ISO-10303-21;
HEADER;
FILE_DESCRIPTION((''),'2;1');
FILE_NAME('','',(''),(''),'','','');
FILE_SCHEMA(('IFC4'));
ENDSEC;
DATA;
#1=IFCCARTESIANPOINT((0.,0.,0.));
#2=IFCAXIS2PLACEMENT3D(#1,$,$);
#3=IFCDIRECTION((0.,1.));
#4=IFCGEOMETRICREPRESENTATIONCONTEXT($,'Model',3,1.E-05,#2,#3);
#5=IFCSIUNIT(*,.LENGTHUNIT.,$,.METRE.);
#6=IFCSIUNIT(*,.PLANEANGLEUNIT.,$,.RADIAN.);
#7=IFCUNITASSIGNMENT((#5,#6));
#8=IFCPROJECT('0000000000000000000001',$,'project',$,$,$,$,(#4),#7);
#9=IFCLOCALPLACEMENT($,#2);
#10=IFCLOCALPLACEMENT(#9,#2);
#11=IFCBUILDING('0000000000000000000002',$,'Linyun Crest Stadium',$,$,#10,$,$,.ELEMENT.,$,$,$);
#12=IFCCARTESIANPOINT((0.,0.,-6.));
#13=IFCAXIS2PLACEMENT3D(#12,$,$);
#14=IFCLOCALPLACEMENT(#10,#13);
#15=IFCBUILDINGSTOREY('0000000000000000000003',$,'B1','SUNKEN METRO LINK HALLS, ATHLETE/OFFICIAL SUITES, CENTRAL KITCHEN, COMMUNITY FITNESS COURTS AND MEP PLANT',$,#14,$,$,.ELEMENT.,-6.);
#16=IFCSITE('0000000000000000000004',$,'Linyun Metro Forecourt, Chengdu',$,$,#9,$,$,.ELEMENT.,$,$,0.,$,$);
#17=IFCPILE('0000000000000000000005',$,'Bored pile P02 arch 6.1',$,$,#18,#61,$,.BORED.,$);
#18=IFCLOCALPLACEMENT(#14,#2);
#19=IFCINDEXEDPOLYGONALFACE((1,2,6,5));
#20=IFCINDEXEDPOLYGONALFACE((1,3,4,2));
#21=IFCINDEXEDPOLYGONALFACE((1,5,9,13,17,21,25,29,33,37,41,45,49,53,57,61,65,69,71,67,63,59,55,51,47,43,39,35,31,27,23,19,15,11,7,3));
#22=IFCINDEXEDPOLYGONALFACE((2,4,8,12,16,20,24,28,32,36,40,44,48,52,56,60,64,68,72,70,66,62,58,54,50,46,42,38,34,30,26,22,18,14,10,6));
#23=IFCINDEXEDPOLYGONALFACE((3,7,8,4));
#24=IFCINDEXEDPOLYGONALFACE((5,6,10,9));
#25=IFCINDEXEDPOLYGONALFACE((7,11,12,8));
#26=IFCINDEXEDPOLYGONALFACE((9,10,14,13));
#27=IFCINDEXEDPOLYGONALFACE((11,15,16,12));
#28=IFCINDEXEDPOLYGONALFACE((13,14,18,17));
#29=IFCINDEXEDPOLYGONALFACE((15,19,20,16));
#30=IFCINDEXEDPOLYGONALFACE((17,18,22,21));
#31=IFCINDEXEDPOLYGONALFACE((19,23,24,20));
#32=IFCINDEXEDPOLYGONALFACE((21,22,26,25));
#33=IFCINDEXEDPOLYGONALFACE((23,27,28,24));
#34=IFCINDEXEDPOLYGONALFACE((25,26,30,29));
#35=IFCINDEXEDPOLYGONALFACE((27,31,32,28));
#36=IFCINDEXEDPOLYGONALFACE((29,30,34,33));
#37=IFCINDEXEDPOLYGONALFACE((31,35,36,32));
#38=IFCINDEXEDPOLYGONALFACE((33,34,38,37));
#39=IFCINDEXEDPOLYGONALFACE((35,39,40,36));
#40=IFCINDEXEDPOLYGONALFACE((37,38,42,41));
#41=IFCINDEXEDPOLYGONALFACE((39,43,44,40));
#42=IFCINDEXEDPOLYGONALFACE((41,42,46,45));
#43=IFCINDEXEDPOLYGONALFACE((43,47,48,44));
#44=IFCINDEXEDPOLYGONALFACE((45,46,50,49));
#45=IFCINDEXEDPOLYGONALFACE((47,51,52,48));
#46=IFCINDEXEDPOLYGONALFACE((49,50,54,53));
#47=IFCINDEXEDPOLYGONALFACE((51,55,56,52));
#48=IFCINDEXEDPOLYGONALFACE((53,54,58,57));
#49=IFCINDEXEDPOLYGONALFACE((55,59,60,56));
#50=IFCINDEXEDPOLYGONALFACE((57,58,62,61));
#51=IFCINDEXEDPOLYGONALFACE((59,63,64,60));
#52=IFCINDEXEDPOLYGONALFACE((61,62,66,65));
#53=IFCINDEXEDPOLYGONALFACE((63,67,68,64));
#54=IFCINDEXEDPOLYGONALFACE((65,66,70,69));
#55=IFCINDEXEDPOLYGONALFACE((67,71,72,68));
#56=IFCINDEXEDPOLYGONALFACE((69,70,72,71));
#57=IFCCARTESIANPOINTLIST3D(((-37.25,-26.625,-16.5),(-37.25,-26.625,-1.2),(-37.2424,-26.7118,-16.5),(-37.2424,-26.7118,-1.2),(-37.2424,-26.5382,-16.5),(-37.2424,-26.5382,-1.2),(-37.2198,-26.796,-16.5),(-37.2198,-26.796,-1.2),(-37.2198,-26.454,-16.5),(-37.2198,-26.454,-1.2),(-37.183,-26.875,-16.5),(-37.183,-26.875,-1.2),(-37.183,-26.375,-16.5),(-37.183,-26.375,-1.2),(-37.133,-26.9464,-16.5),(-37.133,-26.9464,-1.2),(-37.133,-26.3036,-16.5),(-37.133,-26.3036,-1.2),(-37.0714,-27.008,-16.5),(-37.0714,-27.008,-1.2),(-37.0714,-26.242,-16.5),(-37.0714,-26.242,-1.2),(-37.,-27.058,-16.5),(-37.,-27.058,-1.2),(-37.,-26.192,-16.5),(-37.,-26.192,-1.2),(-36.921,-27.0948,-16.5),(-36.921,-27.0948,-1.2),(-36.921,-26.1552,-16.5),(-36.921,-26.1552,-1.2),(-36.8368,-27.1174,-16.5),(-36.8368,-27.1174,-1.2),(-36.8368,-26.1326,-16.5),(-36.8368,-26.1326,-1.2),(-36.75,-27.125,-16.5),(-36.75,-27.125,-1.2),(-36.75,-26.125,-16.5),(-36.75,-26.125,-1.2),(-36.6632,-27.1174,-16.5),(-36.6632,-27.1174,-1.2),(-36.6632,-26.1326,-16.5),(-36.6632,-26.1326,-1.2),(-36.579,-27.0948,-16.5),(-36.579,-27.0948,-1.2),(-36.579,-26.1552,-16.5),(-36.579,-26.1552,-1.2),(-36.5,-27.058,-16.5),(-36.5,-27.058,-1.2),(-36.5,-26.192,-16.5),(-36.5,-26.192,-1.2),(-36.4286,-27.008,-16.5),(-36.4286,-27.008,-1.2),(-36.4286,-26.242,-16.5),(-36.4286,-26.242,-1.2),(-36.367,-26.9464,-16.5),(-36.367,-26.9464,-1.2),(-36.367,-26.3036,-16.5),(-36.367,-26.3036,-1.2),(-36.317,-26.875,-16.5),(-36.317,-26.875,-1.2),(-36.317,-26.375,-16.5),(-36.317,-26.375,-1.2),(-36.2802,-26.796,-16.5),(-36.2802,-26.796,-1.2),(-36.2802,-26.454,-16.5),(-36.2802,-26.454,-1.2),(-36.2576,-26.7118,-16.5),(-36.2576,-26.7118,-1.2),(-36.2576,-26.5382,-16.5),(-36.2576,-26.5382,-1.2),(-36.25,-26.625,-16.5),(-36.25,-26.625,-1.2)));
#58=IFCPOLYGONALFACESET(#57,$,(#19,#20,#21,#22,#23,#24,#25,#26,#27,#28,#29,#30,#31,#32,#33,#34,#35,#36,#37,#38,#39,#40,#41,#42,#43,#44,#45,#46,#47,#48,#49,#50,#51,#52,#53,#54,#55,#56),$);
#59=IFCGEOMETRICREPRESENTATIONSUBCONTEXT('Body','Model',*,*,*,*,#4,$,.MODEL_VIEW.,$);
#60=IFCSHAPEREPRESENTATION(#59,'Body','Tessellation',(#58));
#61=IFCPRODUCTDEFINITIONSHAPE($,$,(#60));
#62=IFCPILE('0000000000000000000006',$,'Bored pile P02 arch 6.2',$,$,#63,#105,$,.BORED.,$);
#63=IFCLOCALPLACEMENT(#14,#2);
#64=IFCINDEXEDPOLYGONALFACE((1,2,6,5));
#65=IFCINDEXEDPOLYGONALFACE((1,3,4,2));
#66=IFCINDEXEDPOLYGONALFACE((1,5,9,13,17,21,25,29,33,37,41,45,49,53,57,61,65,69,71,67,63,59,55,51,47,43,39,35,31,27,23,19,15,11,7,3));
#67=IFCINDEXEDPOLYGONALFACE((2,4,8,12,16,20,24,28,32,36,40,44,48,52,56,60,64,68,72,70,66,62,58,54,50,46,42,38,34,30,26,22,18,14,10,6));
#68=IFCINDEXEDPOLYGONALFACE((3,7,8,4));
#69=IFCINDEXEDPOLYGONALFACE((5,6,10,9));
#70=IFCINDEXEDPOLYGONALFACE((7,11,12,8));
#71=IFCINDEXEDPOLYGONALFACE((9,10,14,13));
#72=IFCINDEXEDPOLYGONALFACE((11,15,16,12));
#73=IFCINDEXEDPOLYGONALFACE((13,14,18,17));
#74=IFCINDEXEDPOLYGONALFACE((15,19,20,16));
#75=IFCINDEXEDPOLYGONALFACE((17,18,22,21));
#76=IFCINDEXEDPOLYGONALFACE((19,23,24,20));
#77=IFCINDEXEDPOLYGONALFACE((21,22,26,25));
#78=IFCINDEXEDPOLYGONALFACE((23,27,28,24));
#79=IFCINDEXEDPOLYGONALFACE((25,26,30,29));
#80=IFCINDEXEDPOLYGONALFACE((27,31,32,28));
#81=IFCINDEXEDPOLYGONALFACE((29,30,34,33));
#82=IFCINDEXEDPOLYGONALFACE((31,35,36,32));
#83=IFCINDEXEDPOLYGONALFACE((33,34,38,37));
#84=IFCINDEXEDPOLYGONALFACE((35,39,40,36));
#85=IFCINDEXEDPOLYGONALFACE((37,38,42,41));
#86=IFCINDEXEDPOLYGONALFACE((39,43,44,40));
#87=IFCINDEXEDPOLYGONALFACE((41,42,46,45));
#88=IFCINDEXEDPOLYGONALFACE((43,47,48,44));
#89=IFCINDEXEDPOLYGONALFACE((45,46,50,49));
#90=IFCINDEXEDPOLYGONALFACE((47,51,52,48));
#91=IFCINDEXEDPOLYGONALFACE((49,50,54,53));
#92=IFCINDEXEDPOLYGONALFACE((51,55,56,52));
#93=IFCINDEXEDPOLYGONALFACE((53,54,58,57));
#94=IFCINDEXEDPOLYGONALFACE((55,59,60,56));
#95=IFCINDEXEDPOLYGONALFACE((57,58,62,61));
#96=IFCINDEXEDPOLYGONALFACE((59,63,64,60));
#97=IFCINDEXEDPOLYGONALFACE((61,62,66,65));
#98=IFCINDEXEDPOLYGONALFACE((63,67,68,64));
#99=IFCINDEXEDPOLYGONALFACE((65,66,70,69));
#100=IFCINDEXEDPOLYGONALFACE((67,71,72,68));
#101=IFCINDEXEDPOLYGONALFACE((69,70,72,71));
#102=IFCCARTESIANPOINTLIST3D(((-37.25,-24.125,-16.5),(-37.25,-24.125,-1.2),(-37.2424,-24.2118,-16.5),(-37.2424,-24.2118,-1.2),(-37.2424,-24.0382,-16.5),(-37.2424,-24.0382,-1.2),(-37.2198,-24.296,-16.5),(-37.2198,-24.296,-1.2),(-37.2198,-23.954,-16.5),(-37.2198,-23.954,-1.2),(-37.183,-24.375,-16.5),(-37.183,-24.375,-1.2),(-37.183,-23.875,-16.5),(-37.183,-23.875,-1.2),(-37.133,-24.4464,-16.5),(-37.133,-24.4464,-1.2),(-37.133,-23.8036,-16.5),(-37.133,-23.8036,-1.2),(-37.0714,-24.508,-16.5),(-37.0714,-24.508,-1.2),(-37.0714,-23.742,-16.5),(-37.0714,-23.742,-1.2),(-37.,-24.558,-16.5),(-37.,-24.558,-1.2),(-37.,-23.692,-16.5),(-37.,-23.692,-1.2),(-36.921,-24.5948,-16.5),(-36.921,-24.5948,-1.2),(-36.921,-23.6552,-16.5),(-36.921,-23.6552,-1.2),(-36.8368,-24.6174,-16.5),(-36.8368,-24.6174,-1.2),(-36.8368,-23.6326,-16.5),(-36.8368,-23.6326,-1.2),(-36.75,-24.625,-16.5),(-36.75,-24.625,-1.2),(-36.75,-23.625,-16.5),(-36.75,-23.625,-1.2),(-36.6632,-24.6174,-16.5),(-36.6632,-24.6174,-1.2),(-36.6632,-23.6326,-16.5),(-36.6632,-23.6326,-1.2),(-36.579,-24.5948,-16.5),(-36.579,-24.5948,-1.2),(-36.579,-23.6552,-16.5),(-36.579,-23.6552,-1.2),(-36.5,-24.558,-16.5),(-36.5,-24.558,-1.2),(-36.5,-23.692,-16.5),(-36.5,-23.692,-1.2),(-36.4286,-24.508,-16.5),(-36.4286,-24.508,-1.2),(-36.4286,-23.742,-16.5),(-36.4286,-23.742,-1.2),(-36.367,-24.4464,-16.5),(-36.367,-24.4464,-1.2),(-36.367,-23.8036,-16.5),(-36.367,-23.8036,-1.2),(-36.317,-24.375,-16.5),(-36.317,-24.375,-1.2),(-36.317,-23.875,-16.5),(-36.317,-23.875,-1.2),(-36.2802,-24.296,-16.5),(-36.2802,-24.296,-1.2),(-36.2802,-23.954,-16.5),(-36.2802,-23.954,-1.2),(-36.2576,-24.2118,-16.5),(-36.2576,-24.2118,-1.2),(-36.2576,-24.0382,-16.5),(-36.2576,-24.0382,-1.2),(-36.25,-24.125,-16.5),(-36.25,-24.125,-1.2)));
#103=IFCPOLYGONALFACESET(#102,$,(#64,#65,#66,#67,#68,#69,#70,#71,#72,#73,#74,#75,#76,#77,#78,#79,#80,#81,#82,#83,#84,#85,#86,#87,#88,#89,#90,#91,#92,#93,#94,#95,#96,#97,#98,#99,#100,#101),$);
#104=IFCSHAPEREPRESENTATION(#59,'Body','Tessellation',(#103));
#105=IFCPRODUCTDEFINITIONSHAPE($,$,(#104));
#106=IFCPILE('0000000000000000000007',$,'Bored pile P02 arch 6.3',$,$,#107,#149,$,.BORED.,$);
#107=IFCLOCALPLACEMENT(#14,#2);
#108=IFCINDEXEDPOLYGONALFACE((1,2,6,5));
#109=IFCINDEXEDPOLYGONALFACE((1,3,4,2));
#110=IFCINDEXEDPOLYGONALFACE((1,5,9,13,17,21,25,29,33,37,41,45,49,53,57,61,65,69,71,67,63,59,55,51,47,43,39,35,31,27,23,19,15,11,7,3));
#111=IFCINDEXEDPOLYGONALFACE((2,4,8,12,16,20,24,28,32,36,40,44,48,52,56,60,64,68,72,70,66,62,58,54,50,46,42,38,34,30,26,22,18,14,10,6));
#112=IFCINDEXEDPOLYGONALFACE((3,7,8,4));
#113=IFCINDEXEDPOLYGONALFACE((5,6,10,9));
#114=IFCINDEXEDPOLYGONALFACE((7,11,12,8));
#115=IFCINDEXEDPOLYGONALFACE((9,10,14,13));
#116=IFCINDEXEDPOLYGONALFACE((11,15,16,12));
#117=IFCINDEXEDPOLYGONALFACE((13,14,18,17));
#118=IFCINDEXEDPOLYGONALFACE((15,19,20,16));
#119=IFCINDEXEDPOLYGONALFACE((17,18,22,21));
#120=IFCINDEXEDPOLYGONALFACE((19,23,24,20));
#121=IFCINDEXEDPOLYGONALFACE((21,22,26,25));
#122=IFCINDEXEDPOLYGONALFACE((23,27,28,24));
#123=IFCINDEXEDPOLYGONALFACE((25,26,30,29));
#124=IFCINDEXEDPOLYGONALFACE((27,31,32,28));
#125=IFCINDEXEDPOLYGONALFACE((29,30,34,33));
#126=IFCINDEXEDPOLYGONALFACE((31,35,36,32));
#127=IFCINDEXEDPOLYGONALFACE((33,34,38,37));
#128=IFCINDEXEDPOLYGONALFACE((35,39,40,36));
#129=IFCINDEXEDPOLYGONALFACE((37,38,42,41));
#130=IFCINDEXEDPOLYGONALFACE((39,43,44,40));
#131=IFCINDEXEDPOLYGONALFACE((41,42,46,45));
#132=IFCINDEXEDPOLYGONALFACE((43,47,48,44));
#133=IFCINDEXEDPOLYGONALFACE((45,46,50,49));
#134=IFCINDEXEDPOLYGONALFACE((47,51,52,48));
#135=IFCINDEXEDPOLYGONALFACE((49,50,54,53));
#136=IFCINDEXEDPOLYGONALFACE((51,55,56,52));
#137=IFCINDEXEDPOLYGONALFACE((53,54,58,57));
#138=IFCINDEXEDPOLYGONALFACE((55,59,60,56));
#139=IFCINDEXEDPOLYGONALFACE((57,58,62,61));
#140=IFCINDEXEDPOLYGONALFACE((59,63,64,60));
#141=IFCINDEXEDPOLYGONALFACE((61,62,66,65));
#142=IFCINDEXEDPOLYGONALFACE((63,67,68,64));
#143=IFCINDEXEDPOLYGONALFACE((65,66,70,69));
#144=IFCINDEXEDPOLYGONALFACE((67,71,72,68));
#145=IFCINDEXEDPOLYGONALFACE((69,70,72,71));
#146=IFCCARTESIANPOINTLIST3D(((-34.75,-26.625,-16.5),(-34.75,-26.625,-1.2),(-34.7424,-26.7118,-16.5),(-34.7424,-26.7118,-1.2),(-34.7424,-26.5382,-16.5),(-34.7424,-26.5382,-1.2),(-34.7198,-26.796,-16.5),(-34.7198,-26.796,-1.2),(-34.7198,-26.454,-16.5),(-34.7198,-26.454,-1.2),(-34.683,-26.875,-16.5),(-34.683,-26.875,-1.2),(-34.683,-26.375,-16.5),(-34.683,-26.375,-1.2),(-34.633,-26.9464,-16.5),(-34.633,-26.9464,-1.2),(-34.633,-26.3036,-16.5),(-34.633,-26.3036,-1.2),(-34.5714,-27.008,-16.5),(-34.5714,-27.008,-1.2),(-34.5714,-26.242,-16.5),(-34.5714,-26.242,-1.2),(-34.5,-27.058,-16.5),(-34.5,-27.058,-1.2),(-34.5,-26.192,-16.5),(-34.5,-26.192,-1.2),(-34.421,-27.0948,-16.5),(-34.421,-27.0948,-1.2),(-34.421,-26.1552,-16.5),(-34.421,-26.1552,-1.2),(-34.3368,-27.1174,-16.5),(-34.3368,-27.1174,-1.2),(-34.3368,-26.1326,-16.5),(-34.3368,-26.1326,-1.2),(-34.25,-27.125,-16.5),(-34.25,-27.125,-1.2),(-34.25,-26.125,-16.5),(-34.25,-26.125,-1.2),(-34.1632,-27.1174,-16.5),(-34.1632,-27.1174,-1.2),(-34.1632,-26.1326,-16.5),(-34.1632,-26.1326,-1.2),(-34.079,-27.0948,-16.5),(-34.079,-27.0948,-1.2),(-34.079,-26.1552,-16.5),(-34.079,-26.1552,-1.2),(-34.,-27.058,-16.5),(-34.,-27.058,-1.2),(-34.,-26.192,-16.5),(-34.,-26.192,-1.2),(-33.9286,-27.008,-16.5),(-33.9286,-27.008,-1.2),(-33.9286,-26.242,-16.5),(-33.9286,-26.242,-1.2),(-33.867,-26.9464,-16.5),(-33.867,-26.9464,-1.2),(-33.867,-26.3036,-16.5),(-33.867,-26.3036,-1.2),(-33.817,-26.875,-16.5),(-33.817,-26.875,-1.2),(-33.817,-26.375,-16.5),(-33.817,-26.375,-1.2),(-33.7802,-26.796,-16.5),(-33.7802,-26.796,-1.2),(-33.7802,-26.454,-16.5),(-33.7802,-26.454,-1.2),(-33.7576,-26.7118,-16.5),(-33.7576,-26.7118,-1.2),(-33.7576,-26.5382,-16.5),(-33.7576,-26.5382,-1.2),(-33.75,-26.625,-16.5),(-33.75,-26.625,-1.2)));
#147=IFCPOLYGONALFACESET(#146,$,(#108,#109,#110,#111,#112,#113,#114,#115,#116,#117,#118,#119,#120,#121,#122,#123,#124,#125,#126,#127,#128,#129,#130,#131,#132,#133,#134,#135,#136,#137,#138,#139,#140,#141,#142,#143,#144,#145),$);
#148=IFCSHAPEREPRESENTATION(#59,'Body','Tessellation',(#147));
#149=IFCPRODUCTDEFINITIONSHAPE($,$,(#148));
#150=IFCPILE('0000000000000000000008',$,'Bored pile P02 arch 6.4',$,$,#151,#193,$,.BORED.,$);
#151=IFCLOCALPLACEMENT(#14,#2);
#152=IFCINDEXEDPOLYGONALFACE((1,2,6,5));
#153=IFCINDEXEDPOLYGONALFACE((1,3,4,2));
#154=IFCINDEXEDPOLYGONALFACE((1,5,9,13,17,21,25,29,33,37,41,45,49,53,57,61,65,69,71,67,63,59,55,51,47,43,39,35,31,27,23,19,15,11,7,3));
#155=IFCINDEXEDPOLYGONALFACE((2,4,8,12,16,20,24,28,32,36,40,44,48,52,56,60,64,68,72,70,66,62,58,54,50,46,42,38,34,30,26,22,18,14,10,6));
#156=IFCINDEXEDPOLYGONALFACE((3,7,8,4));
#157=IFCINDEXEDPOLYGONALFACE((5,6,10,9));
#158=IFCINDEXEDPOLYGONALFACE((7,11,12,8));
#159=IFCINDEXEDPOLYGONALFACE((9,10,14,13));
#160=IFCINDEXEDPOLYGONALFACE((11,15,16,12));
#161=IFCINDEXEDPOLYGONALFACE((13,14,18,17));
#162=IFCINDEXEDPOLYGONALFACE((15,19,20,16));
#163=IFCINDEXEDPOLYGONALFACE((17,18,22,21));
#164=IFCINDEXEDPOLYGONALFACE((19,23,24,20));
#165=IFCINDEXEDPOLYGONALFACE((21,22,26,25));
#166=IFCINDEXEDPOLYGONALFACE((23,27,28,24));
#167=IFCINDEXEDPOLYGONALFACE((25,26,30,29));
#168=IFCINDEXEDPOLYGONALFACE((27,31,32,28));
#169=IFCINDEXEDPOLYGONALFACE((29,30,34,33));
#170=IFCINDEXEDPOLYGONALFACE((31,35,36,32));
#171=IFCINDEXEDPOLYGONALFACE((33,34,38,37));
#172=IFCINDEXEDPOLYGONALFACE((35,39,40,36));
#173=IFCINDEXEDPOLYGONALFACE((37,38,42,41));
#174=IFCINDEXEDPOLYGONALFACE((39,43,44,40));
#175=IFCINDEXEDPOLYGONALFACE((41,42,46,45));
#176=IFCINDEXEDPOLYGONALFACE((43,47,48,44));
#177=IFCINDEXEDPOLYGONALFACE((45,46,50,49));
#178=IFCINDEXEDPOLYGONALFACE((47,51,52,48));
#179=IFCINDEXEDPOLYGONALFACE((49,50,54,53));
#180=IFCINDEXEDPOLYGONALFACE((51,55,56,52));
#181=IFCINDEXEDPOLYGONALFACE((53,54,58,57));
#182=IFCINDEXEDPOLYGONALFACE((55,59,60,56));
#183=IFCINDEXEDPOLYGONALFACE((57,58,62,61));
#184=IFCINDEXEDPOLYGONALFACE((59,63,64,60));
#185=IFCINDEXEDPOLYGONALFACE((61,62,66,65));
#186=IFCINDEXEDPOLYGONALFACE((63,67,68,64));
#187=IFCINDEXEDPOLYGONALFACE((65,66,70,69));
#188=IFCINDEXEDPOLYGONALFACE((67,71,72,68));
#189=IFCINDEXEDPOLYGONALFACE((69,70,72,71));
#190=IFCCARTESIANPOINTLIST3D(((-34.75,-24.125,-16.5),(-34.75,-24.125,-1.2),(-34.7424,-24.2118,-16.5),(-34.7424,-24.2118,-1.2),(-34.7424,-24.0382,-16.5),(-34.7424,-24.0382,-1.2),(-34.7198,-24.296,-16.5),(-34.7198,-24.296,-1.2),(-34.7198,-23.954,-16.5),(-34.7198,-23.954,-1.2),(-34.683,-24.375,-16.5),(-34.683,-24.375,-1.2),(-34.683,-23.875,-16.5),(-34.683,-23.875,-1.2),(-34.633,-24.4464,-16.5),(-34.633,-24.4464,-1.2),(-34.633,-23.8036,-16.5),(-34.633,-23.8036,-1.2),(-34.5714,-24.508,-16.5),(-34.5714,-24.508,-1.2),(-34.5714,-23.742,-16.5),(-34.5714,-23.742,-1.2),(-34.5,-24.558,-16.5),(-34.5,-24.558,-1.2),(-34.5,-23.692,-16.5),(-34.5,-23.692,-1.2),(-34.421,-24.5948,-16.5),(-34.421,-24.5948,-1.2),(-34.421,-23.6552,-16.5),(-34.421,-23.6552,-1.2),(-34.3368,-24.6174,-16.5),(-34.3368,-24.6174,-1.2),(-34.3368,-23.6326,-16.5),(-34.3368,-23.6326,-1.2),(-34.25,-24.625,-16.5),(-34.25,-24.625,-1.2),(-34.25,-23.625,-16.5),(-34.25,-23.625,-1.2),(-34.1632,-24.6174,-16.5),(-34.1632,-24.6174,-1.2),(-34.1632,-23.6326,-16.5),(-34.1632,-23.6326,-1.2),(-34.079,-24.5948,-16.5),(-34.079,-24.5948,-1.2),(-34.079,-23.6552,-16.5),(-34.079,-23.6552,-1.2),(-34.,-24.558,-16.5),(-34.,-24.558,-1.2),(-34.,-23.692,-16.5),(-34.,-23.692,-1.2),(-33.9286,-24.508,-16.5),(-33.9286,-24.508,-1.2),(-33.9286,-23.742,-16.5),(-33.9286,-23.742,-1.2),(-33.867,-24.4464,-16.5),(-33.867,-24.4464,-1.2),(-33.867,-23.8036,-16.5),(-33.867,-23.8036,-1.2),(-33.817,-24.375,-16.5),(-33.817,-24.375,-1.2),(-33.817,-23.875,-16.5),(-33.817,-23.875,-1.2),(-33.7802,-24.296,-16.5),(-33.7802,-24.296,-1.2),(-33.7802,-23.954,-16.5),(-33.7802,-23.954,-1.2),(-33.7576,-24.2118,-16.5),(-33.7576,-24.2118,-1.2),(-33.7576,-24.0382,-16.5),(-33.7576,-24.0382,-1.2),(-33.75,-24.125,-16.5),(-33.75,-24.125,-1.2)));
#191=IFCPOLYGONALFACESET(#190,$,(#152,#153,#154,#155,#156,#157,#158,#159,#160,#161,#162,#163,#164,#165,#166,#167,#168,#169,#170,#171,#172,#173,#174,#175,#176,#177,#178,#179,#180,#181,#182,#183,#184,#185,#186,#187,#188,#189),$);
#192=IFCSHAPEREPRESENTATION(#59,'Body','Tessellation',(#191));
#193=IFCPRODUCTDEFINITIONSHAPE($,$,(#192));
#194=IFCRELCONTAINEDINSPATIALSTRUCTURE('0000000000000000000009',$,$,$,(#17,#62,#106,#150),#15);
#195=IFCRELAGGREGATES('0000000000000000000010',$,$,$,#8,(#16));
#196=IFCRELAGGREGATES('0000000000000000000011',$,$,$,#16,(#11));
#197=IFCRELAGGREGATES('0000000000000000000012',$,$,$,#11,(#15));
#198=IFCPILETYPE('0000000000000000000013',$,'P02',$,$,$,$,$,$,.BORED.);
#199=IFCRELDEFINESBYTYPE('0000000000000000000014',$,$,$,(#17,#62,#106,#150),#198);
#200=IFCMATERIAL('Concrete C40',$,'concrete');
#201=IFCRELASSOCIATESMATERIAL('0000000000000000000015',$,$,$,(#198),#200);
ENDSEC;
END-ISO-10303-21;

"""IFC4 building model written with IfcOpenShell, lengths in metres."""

from ifc_helpers import new_model, si_unit, direction, frame, origin, origin_2d, place, context, subcontext, project, spatial, circle, extrude, material, material_profile, profile_set, type_object, element, save


model = new_model("IFC4")

# Units and contexts
model_context = context("Model", 3, precision=1e-05, world=origin(), true_north=direction((0.0, 1.0)))
body_context = subcontext(model_context, "Body", "Model", "MODEL_VIEW")
ifc_project = project(units=[si_unit("LENGTHUNIT", "METRE"), si_unit("PLANEANGLEUNIT", "RADIAN")], contexts=[model_context])

# Site, building, storey
site_placement = place(None, origin())
site = spatial("IfcSite", under=ifc_project, at=site_placement, Name="Linyun Metro Forecourt, Chengdu", CompositionType="ELEMENT", RefElevation=0.0)
building_placement = place(site_placement, origin())
building = spatial("IfcBuilding", under=site, at=building_placement, Name="Linyun Crest Stadium", CompositionType="ELEMENT")
storey_placement = place(building_placement, frame((0.0, 0.0, -6.0)))
storey = spatial("IfcBuildingStorey", under=building, at=storey_placement, Name="B1", Description="SUNKEN METRO LINK HALLS, ATHLETE/OFFICIAL SUITES, CENTRAL KITCHEN, COMMUNITY FITNESS COURTS AND MEP PLANT", CompositionType="ELEMENT", Elevation=-6.0)

# Piles
ifc_material_1 = material(Name="Concrete C40", Category="concrete")
ifc_material_profile_1 = material_profile(ifc_material_1, circle(Radius=0.5, at=origin_2d()), Name="BORED PILE 1000")
ifc_profile_set_1 = profile_set([ifc_material_profile_1], Name="Concrete C40")
pile_type_1 = type_object("IfcPileType", Name="P02", PredefinedType="BORED", material=ifc_profile_set_1)
for number, where, z_axis, x_axis, name in (
    (1, (-36.75, -26.625, -1.2), (0.0, 0.0, -1.0), (1.0, 0.0, 0.0), "Bored pile P02 arch 6.1"),
    (2, (-36.75, -24.125, -1.2), (0.0, 0.0, -1.0), (1.0, 0.0, 0.0), "Bored pile P02 arch 6.2"),
    (3, (-34.25, -26.625, -1.2), (0.0, 0.0, -1.0), (1.0, 0.0, 0.0), "Bored pile P02 arch 6.3"),
    (4, (-34.25, -24.125, -1.2), (0.0, 0.0, -1.0), (1.0, 0.0, 0.0), "Bored pile P02 arch 6.4"),
):
    element("IfcPile", number, at=place(storey_placement, frame(where, z_axis=z_axis, x_axis=x_axis)), inside=storey, type_object=pile_type_1, Name=name, PredefinedType="BORED", context=body_context, shape_type="SweptSolid", body=[
        extrude(circle(Radius=0.5, at=origin_2d()), origin(), (0.0, 0.0, 1.0), 15.3),
    ])

save(model, "model.ifc")
